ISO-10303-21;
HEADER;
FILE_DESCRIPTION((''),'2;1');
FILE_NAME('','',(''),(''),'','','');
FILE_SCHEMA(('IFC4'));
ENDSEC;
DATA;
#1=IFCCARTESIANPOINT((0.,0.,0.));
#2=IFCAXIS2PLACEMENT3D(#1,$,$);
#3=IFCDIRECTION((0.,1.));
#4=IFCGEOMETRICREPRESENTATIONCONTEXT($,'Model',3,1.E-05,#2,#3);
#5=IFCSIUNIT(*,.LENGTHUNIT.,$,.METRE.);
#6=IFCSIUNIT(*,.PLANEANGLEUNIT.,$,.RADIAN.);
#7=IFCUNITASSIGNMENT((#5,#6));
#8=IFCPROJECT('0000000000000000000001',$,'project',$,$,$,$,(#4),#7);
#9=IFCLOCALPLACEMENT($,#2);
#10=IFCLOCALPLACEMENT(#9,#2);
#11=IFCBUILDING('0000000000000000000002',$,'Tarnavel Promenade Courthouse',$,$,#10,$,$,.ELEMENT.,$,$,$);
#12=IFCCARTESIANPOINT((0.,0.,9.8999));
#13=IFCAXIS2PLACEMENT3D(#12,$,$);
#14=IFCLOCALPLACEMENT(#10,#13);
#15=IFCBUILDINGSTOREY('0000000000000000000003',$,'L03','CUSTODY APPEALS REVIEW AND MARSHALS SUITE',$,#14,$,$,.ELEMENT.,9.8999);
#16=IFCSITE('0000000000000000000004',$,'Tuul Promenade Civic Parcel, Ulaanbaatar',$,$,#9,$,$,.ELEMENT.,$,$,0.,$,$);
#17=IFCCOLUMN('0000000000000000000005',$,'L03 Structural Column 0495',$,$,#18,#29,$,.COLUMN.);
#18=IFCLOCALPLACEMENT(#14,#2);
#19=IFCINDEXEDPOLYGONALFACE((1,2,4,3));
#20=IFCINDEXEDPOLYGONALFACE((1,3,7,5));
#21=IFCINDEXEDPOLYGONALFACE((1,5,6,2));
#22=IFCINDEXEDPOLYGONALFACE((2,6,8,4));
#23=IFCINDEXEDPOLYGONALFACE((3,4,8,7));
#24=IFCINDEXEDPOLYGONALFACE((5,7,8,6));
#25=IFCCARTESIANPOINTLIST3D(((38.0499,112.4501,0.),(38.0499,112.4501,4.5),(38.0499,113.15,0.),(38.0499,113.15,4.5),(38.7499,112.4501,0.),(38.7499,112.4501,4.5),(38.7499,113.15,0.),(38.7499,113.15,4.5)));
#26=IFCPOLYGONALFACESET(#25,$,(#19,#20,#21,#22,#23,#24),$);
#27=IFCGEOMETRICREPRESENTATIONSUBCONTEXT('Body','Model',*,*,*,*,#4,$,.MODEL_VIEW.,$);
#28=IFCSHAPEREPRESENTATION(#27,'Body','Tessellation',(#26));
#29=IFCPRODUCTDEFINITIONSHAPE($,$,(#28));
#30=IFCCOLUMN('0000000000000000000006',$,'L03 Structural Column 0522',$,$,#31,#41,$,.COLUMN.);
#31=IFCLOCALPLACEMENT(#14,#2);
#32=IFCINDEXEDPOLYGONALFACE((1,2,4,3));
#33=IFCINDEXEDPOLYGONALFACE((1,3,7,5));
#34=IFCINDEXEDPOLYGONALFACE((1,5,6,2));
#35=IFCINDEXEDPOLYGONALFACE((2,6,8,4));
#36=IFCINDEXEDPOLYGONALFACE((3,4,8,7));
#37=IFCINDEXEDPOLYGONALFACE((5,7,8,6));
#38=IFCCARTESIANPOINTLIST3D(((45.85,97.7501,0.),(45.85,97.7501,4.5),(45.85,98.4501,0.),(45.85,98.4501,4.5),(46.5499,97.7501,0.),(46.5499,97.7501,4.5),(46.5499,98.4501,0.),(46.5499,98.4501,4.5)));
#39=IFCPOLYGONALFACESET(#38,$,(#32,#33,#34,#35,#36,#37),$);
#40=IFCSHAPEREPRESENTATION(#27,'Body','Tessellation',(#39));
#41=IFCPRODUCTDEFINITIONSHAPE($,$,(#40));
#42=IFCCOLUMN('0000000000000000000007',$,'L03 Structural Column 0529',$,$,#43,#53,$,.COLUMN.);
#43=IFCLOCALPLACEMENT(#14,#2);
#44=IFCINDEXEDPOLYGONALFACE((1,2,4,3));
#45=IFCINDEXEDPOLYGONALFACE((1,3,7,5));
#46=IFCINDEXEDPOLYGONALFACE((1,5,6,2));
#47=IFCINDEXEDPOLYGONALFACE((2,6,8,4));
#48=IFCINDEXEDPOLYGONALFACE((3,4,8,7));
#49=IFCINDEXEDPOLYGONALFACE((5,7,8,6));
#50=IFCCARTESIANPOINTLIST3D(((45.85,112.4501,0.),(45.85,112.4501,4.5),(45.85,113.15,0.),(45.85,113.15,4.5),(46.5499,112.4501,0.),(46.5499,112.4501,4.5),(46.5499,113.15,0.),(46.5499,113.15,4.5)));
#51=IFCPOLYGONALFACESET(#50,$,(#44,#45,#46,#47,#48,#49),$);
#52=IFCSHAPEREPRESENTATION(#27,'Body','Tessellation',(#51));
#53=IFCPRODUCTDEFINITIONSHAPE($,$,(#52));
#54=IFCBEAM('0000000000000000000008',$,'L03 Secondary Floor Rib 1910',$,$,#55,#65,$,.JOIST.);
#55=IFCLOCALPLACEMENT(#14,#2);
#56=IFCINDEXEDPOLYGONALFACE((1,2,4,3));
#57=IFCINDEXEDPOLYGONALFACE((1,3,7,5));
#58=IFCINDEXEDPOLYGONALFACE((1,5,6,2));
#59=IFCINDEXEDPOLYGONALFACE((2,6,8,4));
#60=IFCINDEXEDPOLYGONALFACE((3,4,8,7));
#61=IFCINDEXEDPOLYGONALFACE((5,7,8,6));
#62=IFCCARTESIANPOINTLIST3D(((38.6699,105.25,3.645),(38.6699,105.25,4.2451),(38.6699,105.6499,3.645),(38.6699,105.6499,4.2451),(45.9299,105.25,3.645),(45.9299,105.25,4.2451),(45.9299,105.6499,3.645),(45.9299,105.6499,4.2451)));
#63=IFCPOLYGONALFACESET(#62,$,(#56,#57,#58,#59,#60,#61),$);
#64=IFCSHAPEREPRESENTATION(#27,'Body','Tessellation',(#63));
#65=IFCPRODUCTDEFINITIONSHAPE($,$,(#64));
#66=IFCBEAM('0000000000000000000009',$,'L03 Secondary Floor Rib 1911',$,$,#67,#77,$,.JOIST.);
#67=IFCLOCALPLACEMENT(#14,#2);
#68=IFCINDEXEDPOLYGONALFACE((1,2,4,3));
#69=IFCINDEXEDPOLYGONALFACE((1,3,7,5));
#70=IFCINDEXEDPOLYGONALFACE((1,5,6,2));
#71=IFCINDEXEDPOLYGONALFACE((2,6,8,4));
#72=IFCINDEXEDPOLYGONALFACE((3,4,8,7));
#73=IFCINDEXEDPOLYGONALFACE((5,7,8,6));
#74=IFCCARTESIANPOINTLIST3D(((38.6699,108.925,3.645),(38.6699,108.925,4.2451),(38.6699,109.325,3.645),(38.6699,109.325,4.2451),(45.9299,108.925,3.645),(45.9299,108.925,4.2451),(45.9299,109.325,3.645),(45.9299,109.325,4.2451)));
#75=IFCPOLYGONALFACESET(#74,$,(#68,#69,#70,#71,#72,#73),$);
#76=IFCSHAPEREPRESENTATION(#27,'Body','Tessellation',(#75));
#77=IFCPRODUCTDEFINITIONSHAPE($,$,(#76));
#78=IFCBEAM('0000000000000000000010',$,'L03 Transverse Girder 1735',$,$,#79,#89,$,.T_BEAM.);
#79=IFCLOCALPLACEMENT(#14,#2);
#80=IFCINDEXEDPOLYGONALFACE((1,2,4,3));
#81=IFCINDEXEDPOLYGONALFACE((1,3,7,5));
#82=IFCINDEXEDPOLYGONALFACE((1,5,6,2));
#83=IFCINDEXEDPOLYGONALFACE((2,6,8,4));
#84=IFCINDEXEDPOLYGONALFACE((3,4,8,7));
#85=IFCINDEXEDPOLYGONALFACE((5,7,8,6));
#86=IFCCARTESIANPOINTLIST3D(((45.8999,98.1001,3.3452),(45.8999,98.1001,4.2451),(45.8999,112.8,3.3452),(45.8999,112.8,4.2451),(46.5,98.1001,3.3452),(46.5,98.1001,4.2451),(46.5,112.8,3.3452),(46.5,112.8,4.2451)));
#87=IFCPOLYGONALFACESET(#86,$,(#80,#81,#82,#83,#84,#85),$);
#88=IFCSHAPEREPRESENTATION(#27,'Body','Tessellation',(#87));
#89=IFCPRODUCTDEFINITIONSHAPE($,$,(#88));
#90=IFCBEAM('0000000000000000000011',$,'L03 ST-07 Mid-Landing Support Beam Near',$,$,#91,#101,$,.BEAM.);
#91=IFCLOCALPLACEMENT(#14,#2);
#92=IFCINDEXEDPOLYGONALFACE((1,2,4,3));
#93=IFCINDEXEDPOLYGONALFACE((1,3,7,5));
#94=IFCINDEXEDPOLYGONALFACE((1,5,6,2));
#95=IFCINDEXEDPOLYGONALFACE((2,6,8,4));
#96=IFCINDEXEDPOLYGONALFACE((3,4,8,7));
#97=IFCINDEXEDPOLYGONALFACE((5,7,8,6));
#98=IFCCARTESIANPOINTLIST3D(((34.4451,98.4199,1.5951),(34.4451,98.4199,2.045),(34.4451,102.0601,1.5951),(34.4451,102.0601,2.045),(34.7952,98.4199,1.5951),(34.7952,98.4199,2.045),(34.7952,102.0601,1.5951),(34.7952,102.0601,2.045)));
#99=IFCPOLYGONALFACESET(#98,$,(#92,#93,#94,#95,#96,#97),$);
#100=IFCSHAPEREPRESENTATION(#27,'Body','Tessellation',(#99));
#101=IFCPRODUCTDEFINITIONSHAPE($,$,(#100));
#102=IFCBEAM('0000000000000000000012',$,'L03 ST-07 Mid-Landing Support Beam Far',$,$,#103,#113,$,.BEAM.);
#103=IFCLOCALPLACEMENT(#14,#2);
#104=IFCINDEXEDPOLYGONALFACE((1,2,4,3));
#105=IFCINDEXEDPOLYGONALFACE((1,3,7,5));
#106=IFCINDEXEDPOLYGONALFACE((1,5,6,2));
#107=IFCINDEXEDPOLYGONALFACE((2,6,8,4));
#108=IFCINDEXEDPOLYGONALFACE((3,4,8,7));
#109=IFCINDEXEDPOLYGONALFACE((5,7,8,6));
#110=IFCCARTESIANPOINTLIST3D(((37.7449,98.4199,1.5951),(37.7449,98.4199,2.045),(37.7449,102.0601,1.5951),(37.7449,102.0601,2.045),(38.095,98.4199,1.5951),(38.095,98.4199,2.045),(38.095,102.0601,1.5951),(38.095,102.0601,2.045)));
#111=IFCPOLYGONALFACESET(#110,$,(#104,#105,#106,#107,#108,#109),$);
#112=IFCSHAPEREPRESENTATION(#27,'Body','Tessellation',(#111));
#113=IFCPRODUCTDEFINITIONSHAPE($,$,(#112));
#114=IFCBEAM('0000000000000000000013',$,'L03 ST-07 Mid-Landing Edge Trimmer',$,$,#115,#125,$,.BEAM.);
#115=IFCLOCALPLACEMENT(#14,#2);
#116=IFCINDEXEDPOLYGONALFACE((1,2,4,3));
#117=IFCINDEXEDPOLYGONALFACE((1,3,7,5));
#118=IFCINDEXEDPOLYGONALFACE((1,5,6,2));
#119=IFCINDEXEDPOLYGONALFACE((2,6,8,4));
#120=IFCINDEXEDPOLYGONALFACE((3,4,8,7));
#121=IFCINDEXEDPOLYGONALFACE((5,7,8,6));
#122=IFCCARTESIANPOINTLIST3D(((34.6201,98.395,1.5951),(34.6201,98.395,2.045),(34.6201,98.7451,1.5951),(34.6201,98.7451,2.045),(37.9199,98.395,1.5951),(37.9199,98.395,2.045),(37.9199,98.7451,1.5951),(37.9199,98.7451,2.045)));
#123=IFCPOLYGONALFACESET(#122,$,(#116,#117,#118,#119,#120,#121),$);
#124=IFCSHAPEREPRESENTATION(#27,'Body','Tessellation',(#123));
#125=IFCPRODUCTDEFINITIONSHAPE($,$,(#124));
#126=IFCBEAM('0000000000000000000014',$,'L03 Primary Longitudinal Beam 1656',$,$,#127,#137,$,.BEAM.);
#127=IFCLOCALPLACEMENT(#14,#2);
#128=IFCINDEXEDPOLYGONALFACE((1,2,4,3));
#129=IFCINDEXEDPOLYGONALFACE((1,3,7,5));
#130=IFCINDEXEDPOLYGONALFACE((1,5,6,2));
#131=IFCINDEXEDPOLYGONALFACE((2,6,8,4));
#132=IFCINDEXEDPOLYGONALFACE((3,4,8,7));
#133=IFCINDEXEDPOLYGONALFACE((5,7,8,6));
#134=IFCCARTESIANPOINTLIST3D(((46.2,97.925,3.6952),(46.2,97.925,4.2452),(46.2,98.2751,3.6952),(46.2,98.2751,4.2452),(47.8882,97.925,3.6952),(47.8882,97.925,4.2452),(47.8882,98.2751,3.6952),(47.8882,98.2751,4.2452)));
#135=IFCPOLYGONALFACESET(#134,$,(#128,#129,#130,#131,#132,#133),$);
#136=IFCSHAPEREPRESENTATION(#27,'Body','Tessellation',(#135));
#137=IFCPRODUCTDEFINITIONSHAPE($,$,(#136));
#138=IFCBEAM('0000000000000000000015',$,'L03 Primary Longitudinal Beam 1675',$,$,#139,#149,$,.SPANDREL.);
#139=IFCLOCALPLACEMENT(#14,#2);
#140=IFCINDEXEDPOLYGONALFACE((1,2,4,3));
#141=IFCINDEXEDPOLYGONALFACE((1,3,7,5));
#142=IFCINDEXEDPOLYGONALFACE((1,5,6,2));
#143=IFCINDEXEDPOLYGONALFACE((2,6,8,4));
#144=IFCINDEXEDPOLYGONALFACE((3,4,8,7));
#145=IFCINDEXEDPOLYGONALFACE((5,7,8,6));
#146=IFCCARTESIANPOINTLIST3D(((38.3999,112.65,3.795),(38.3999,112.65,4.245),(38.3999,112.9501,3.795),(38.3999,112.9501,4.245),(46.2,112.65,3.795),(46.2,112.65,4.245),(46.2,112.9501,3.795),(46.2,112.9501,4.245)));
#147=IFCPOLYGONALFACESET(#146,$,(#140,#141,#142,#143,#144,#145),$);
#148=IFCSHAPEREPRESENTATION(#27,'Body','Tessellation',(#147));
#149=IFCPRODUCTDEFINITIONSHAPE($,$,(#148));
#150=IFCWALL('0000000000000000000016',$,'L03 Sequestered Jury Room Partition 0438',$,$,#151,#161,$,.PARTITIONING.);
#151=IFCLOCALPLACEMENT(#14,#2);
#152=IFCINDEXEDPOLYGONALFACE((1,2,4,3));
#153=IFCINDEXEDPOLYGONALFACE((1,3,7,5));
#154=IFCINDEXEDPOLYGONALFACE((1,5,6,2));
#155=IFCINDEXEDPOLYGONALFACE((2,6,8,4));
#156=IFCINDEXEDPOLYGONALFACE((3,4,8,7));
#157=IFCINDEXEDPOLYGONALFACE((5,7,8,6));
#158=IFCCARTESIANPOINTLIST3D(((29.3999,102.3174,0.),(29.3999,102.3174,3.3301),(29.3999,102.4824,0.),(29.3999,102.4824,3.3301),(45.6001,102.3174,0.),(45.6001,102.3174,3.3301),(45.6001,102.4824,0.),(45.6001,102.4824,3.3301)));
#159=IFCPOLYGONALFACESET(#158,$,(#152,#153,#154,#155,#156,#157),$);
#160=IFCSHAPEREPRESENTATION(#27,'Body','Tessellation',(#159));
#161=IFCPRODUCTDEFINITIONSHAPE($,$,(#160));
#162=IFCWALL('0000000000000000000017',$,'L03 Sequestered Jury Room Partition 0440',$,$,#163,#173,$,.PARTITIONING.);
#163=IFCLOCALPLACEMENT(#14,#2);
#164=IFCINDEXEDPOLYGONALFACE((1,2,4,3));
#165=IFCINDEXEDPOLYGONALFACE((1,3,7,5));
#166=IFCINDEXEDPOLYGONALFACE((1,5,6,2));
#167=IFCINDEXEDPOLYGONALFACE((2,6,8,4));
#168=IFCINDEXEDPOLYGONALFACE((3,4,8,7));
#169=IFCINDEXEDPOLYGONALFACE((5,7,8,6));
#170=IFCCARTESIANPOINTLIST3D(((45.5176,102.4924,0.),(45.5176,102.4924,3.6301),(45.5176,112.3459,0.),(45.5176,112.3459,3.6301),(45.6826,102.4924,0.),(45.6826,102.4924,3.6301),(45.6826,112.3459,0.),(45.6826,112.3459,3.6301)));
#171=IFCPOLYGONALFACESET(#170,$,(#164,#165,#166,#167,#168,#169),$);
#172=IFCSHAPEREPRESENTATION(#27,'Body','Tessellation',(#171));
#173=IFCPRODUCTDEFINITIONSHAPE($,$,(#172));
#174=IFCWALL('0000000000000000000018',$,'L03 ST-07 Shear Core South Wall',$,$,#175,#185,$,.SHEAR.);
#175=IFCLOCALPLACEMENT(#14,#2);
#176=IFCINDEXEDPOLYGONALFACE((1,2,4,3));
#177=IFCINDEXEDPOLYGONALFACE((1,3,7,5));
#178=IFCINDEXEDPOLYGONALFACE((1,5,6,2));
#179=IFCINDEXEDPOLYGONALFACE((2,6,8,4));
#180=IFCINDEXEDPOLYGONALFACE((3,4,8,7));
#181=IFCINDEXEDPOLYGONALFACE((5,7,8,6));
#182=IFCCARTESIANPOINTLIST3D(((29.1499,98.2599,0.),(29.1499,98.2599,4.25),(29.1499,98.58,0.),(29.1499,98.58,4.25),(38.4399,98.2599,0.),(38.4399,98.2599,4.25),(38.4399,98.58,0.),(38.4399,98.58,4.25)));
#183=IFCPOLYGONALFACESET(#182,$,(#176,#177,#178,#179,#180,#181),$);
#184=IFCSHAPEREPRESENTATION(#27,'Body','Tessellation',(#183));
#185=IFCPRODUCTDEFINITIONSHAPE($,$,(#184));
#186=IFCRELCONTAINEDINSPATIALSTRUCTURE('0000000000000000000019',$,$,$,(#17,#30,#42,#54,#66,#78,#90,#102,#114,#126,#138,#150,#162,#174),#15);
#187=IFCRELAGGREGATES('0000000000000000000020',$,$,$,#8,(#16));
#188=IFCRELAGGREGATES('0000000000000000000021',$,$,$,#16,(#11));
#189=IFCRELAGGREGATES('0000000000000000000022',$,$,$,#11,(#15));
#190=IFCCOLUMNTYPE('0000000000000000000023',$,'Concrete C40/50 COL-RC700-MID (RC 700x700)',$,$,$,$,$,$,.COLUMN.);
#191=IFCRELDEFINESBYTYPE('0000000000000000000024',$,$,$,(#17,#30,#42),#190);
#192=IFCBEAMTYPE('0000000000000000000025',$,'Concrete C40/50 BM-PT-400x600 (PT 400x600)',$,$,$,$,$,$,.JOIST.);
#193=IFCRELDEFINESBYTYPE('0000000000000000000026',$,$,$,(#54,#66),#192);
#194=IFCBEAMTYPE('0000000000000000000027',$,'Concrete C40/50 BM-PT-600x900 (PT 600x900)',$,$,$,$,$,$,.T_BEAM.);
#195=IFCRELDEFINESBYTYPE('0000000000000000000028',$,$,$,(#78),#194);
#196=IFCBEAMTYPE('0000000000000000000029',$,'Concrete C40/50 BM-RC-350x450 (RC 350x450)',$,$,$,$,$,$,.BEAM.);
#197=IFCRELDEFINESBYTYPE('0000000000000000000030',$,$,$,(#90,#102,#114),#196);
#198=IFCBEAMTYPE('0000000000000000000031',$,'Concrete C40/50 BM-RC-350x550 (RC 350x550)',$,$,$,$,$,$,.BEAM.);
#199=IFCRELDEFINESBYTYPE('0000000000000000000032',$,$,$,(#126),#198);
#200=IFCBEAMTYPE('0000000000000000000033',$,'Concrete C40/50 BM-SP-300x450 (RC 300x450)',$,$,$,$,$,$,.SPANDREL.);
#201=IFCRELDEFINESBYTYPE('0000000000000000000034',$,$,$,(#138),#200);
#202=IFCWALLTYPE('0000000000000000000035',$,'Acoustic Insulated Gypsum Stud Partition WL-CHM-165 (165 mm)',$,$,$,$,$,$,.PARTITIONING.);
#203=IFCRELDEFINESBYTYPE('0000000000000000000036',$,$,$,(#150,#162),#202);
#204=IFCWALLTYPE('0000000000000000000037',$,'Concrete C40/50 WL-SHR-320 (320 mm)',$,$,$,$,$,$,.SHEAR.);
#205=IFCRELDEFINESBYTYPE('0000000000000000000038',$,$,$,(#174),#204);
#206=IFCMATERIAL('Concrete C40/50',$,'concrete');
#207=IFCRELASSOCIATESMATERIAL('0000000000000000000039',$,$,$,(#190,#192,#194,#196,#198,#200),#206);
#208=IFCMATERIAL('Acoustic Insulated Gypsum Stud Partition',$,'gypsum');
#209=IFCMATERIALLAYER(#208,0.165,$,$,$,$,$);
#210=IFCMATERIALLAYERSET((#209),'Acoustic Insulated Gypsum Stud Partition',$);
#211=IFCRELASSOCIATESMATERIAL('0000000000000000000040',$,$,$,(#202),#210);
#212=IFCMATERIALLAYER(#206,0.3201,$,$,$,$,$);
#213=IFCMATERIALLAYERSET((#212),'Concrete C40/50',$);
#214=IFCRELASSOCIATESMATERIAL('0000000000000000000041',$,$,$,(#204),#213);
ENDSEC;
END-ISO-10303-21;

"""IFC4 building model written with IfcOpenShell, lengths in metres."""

from ifc_helpers import new_model, si_unit, direction, frame, frame_2d, origin, origin_2d, place, context, subcontext, project, spatial, rectangle, extrude, material, layer, layer_set, material_profile, profile_set, type_object, element, save


model = new_model("IFC4")

# Units and contexts
model_context = context("Model", 3, precision=1e-05, world=origin(), true_north=direction((0.0, 1.0)))
body_context = subcontext(model_context, "Body", "Model", "MODEL_VIEW")
ifc_project = project(units=[si_unit("LENGTHUNIT", "METRE"), si_unit("PLANEANGLEUNIT", "RADIAN")], contexts=[model_context])

# Site, building, storey
site_placement = place(None, origin())
site = spatial("IfcSite", under=ifc_project, at=site_placement, Name="Tuul Promenade Civic Parcel, Ulaanbaatar", CompositionType="ELEMENT", RefElevation=0.0)
building_placement = place(site_placement, origin())
building = spatial("IfcBuilding", under=site, at=building_placement, Name="Tarnavel Promenade Courthouse", CompositionType="ELEMENT")
storey_placement = place(building_placement, frame((0.0, 0.0, 9.8999)))
storey = spatial("IfcBuildingStorey", under=building, at=storey_placement, Name="L03", Description="CUSTODY APPEALS REVIEW AND MARSHALS SUITE", CompositionType="ELEMENT", Elevation=9.8999)

# Columns
ifc_material_1 = material(Name="Concrete C40/50", Category="concrete")
ifc_material_profile_1 = material_profile(ifc_material_1, rectangle(XDim=0.7, YDim=0.7, at=origin_2d()), Name="RC 700x700")
ifc_profile_set_1 = profile_set([ifc_material_profile_1], Name="Concrete C40/50")
column_type = type_object("IfcColumnType", Name="Concrete C40/50 COL-RC700-MID (RC 700x700)", PredefinedType="COLUMN", material=ifc_profile_set_1)
for number, where, z_axis, x_axis, name in (
    (1, (38.3999, 112.8, 0.0), (0.0, 0.0, 1.0), (1.0, 0.0, 0.0), "L03 Structural Column 0495"),
    (2, (46.2, 98.1001, 0.0), (0.0, 0.0, 1.0), (1.0, 0.0, 0.0), "L03 Structural Column 0522"),
    (3, (46.2, 112.8, 0.0), (0.0, 0.0, 1.0), (1.0, 0.0, 0.0), "L03 Structural Column 0529"),
):
    element("IfcColumn", number, at=place(storey_placement, frame(where, z_axis=z_axis, x_axis=x_axis)), inside=storey, type_object=column_type, Name=name, PredefinedType="COLUMN", context=body_context, shape_type="SweptSolid", body=[
        extrude(rectangle(XDim=0.7, YDim=0.7, at=origin_2d()), origin(), (0.0, 0.0, 1.0), 4.5),
    ])

# Beams
ifc_material_profile_2 = material_profile(ifc_material_1, rectangle(XDim=0.3999, YDim=0.6001, at=origin_2d()), Name="PT 400x600")
ifc_profile_set_2 = profile_set([ifc_material_profile_2], Name="Concrete C40/50")
beam_type_1 = type_object("IfcBeamType", Name="Concrete C40/50 BM-PT-400x600 (PT 400x600)", PredefinedType="JOIST", material=ifc_profile_set_2)
for number, where, z_axis, x_axis, name in (
    (4, (38.6699, 105.45, 3.9451), (1.0, 0.0, 0.0), (0.0, 1.0, 0.0), "L03 Secondary Floor Rib 1910"),
    (5, (38.6699, 109.125, 3.9451), (1.0, 0.0, 0.0), (0.0, 1.0, 0.0), "L03 Secondary Floor Rib 1911"),
):
    element("IfcBeam", number, at=place(storey_placement, frame(where, z_axis=z_axis, x_axis=x_axis)), inside=storey, type_object=beam_type_1, Name=name, PredefinedType="JOIST", context=body_context, shape_type="SweptSolid", body=[
        extrude(rectangle(XDim=0.3999, YDim=0.6001, at=origin_2d()), origin(), (0.0, 0.0, 1.0), 7.26),
    ])
ifc_material_profile_3 = material_profile(ifc_material_1, rectangle(XDim=0.6001, YDim=0.8999, at=origin_2d()), Name="PT 600x900")
ifc_profile_set_3 = profile_set([ifc_material_profile_3], Name="Concrete C40/50")
beam_type_2 = type_object("IfcBeamType", Name="Concrete C40/50 BM-PT-600x900 (PT 600x900)", PredefinedType="T_BEAM", material=ifc_profile_set_3)
beam_1_placement = place(storey_placement, frame((46.2, 98.1001, 3.7952), z_axis=(0.0, 1.0, 0.0), x_axis=(-1.0, 0.0, 0.0)))
element("IfcBeam", 6, at=beam_1_placement, inside=storey, type_object=beam_type_2, Name="L03 Transverse Girder 1735", PredefinedType="T_BEAM", context=body_context, shape_type="SweptSolid", body=[
    extrude(rectangle(XDim=0.6001, YDim=0.8999, at=origin_2d()), origin(), (0.0, 0.0, 1.0), 14.7),
])
ifc_material_profile_4 = material_profile(ifc_material_1, rectangle(XDim=0.3501, YDim=0.45, at=origin_2d()), Name="RC 350x450")
ifc_profile_set_4 = profile_set([ifc_material_profile_4], Name="Concrete C40/50")
beam_type_3 = type_object("IfcBeamType", Name="Concrete C40/50 BM-RC-350x450 (RC 350x450)", PredefinedType="BEAM", material=ifc_profile_set_4)
for number, where, z_axis, x_axis, name in (
    (7, (34.6201, 98.4199, 1.8201), (0.0, 1.0, 0.0), (-1.0, 0.0, 0.0), "L03 ST-07 Mid-Landing Support Beam Near"),
    (8, (37.9199, 98.4199, 1.8201), (0.0, 1.0, 0.0), (-1.0, 0.0, 0.0), "L03 ST-07 Mid-Landing Support Beam Far"),
):
    element("IfcBeam", number, at=place(storey_placement, frame(where, z_axis=z_axis, x_axis=x_axis)), inside=storey, type_object=beam_type_3, Name=name, PredefinedType="BEAM", context=body_context, shape_type="SweptSolid", body=[
        extrude(rectangle(XDim=0.3501, YDim=0.45, at=origin_2d()), origin(), (0.0, 0.0, 1.0), 3.6401),
    ])
beam_2_placement = place(storey_placement, frame((34.6201, 98.5701, 1.8201), z_axis=(1.0, 0.0, 0.0), x_axis=(0.0, 1.0, 0.0)))
element("IfcBeam", 9, at=beam_2_placement, inside=storey, type_object=beam_type_3, Name="L03 ST-07 Mid-Landing Edge Trimmer", PredefinedType="BEAM", context=body_context, shape_type="SweptSolid", body=[
    extrude(rectangle(XDim=0.3501, YDim=0.45, at=origin_2d()), origin(), (0.0, 0.0, 1.0), 3.2998),
])
ifc_material_profile_5 = material_profile(ifc_material_1, rectangle(XDim=0.3501, YDim=0.55, at=origin_2d()), Name="RC 350x550")
ifc_profile_set_5 = profile_set([ifc_material_profile_5], Name="Concrete C40/50")
beam_type_4 = type_object("IfcBeamType", Name="Concrete C40/50 BM-RC-350x550 (RC 350x550)", PredefinedType="BEAM", material=ifc_profile_set_5)
beam_3_placement = place(storey_placement, frame((46.2, 98.1001, 3.9702), z_axis=(1.0, 0.0, 0.0), x_axis=(0.0, 1.0, 0.0)))
element("IfcBeam", 10, at=beam_3_placement, inside=storey, type_object=beam_type_4, Name="L03 Primary Longitudinal Beam 1656", PredefinedType="BEAM", context=body_context, shape_type="SweptSolid", body=[
    extrude(rectangle(XDim=0.3501, YDim=0.55, at=origin_2d()), origin(), (0.0, 0.0, 1.0), 1.6882),
])
ifc_material_profile_6 = material_profile(ifc_material_1, rectangle(XDim=0.3, YDim=0.45, at=origin_2d()), Name="RC 300x450")
ifc_profile_set_6 = profile_set([ifc_material_profile_6], Name="Concrete C40/50")
beam_type_5 = type_object("IfcBeamType", Name="Concrete C40/50 BM-SP-300x450 (RC 300x450)", PredefinedType="SPANDREL", material=ifc_profile_set_6)
beam_4_placement = place(storey_placement, frame((38.3999, 112.8, 4.02), z_axis=(1.0, 0.0, 0.0), x_axis=(0.0, 1.0, 0.0)))
element("IfcBeam", 11, at=beam_4_placement, inside=storey, type_object=beam_type_5, Name="L03 Primary Longitudinal Beam 1675", PredefinedType="SPANDREL", context=body_context, shape_type="SweptSolid", body=[
    extrude(rectangle(XDim=0.3, YDim=0.45, at=origin_2d()), origin(), (0.0, 0.0, 1.0), 7.8),
])

# Walls
ifc_material_2 = material(Name="Acoustic Insulated Gypsum Stud Partition", Category="gypsum")
ifc_layer_1 = layer(ifc_material_2, 0.165)
ifc_layer_set_1 = layer_set([ifc_layer_1], Name="Acoustic Insulated Gypsum Stud Partition")
wall_type_1 = type_object("IfcWallType", Name="Acoustic Insulated Gypsum Stud Partition WL-CHM-165 (165 mm)", PredefinedType="PARTITIONING", material=ifc_layer_set_1)
wall_1_placement = place(storey_placement, frame((45.6001, 102.3999, 0.0), z_axis=(0.0, 0.0, 1.0), x_axis=(-1.0, 0.0, 0.0)))
element("IfcWall", 12, at=wall_1_placement, inside=storey, type_object=wall_type_1, Name="L03 Sequestered Jury Room Partition 0438", PredefinedType="PARTITIONING", context=body_context, shape_type="SweptSolid", body=[
    extrude(rectangle(XDim=16.2002, YDim=0.165, at=frame_2d((8.1001, 0.0))), origin(), (0.0, 0.0, 1.0), 3.3301),
])
wall_2_placement = place(storey_placement, frame((45.6001, 112.3459, 0.0), z_axis=(0.0, 0.0, 1.0), x_axis=(0.0, -1.0, 0.0)))
element("IfcWall", 13, at=wall_2_placement, inside=storey, type_object=wall_type_1, Name="L03 Sequestered Jury Room Partition 0440", PredefinedType="PARTITIONING", context=body_context, shape_type="SweptSolid", body=[
    extrude(rectangle(XDim=9.8535, YDim=0.165, at=frame_2d((4.9268, 0.0))), origin(), (0.0, 0.0, 1.0), 3.6301),
])
ifc_layer_2 = layer(ifc_material_1, 0.3201)
ifc_layer_set_2 = layer_set([ifc_layer_2], Name="Concrete C40/50")
wall_type_2 = type_object("IfcWallType", Name="Concrete C40/50 WL-SHR-320 (320 mm)", PredefinedType="SHEAR", material=ifc_layer_set_2)
wall_3_placement = place(storey_placement, frame((38.4399, 98.4199, 0.0), z_axis=(0.0, 0.0, 1.0), x_axis=(-1.0, 0.0, 0.0)))
element("IfcWall", 14, at=wall_3_placement, inside=storey, type_object=wall_type_2, Name="L03 ST-07 Shear Core South Wall", PredefinedType="SHEAR", context=body_context, shape_type="SweptSolid", body=[
    extrude(rectangle(XDim=9.29, YDim=0.3201, at=frame_2d((4.645, 0.0))), origin(), (0.0, 0.0, 1.0), 4.25),
])

save(model, "model.ifc")
